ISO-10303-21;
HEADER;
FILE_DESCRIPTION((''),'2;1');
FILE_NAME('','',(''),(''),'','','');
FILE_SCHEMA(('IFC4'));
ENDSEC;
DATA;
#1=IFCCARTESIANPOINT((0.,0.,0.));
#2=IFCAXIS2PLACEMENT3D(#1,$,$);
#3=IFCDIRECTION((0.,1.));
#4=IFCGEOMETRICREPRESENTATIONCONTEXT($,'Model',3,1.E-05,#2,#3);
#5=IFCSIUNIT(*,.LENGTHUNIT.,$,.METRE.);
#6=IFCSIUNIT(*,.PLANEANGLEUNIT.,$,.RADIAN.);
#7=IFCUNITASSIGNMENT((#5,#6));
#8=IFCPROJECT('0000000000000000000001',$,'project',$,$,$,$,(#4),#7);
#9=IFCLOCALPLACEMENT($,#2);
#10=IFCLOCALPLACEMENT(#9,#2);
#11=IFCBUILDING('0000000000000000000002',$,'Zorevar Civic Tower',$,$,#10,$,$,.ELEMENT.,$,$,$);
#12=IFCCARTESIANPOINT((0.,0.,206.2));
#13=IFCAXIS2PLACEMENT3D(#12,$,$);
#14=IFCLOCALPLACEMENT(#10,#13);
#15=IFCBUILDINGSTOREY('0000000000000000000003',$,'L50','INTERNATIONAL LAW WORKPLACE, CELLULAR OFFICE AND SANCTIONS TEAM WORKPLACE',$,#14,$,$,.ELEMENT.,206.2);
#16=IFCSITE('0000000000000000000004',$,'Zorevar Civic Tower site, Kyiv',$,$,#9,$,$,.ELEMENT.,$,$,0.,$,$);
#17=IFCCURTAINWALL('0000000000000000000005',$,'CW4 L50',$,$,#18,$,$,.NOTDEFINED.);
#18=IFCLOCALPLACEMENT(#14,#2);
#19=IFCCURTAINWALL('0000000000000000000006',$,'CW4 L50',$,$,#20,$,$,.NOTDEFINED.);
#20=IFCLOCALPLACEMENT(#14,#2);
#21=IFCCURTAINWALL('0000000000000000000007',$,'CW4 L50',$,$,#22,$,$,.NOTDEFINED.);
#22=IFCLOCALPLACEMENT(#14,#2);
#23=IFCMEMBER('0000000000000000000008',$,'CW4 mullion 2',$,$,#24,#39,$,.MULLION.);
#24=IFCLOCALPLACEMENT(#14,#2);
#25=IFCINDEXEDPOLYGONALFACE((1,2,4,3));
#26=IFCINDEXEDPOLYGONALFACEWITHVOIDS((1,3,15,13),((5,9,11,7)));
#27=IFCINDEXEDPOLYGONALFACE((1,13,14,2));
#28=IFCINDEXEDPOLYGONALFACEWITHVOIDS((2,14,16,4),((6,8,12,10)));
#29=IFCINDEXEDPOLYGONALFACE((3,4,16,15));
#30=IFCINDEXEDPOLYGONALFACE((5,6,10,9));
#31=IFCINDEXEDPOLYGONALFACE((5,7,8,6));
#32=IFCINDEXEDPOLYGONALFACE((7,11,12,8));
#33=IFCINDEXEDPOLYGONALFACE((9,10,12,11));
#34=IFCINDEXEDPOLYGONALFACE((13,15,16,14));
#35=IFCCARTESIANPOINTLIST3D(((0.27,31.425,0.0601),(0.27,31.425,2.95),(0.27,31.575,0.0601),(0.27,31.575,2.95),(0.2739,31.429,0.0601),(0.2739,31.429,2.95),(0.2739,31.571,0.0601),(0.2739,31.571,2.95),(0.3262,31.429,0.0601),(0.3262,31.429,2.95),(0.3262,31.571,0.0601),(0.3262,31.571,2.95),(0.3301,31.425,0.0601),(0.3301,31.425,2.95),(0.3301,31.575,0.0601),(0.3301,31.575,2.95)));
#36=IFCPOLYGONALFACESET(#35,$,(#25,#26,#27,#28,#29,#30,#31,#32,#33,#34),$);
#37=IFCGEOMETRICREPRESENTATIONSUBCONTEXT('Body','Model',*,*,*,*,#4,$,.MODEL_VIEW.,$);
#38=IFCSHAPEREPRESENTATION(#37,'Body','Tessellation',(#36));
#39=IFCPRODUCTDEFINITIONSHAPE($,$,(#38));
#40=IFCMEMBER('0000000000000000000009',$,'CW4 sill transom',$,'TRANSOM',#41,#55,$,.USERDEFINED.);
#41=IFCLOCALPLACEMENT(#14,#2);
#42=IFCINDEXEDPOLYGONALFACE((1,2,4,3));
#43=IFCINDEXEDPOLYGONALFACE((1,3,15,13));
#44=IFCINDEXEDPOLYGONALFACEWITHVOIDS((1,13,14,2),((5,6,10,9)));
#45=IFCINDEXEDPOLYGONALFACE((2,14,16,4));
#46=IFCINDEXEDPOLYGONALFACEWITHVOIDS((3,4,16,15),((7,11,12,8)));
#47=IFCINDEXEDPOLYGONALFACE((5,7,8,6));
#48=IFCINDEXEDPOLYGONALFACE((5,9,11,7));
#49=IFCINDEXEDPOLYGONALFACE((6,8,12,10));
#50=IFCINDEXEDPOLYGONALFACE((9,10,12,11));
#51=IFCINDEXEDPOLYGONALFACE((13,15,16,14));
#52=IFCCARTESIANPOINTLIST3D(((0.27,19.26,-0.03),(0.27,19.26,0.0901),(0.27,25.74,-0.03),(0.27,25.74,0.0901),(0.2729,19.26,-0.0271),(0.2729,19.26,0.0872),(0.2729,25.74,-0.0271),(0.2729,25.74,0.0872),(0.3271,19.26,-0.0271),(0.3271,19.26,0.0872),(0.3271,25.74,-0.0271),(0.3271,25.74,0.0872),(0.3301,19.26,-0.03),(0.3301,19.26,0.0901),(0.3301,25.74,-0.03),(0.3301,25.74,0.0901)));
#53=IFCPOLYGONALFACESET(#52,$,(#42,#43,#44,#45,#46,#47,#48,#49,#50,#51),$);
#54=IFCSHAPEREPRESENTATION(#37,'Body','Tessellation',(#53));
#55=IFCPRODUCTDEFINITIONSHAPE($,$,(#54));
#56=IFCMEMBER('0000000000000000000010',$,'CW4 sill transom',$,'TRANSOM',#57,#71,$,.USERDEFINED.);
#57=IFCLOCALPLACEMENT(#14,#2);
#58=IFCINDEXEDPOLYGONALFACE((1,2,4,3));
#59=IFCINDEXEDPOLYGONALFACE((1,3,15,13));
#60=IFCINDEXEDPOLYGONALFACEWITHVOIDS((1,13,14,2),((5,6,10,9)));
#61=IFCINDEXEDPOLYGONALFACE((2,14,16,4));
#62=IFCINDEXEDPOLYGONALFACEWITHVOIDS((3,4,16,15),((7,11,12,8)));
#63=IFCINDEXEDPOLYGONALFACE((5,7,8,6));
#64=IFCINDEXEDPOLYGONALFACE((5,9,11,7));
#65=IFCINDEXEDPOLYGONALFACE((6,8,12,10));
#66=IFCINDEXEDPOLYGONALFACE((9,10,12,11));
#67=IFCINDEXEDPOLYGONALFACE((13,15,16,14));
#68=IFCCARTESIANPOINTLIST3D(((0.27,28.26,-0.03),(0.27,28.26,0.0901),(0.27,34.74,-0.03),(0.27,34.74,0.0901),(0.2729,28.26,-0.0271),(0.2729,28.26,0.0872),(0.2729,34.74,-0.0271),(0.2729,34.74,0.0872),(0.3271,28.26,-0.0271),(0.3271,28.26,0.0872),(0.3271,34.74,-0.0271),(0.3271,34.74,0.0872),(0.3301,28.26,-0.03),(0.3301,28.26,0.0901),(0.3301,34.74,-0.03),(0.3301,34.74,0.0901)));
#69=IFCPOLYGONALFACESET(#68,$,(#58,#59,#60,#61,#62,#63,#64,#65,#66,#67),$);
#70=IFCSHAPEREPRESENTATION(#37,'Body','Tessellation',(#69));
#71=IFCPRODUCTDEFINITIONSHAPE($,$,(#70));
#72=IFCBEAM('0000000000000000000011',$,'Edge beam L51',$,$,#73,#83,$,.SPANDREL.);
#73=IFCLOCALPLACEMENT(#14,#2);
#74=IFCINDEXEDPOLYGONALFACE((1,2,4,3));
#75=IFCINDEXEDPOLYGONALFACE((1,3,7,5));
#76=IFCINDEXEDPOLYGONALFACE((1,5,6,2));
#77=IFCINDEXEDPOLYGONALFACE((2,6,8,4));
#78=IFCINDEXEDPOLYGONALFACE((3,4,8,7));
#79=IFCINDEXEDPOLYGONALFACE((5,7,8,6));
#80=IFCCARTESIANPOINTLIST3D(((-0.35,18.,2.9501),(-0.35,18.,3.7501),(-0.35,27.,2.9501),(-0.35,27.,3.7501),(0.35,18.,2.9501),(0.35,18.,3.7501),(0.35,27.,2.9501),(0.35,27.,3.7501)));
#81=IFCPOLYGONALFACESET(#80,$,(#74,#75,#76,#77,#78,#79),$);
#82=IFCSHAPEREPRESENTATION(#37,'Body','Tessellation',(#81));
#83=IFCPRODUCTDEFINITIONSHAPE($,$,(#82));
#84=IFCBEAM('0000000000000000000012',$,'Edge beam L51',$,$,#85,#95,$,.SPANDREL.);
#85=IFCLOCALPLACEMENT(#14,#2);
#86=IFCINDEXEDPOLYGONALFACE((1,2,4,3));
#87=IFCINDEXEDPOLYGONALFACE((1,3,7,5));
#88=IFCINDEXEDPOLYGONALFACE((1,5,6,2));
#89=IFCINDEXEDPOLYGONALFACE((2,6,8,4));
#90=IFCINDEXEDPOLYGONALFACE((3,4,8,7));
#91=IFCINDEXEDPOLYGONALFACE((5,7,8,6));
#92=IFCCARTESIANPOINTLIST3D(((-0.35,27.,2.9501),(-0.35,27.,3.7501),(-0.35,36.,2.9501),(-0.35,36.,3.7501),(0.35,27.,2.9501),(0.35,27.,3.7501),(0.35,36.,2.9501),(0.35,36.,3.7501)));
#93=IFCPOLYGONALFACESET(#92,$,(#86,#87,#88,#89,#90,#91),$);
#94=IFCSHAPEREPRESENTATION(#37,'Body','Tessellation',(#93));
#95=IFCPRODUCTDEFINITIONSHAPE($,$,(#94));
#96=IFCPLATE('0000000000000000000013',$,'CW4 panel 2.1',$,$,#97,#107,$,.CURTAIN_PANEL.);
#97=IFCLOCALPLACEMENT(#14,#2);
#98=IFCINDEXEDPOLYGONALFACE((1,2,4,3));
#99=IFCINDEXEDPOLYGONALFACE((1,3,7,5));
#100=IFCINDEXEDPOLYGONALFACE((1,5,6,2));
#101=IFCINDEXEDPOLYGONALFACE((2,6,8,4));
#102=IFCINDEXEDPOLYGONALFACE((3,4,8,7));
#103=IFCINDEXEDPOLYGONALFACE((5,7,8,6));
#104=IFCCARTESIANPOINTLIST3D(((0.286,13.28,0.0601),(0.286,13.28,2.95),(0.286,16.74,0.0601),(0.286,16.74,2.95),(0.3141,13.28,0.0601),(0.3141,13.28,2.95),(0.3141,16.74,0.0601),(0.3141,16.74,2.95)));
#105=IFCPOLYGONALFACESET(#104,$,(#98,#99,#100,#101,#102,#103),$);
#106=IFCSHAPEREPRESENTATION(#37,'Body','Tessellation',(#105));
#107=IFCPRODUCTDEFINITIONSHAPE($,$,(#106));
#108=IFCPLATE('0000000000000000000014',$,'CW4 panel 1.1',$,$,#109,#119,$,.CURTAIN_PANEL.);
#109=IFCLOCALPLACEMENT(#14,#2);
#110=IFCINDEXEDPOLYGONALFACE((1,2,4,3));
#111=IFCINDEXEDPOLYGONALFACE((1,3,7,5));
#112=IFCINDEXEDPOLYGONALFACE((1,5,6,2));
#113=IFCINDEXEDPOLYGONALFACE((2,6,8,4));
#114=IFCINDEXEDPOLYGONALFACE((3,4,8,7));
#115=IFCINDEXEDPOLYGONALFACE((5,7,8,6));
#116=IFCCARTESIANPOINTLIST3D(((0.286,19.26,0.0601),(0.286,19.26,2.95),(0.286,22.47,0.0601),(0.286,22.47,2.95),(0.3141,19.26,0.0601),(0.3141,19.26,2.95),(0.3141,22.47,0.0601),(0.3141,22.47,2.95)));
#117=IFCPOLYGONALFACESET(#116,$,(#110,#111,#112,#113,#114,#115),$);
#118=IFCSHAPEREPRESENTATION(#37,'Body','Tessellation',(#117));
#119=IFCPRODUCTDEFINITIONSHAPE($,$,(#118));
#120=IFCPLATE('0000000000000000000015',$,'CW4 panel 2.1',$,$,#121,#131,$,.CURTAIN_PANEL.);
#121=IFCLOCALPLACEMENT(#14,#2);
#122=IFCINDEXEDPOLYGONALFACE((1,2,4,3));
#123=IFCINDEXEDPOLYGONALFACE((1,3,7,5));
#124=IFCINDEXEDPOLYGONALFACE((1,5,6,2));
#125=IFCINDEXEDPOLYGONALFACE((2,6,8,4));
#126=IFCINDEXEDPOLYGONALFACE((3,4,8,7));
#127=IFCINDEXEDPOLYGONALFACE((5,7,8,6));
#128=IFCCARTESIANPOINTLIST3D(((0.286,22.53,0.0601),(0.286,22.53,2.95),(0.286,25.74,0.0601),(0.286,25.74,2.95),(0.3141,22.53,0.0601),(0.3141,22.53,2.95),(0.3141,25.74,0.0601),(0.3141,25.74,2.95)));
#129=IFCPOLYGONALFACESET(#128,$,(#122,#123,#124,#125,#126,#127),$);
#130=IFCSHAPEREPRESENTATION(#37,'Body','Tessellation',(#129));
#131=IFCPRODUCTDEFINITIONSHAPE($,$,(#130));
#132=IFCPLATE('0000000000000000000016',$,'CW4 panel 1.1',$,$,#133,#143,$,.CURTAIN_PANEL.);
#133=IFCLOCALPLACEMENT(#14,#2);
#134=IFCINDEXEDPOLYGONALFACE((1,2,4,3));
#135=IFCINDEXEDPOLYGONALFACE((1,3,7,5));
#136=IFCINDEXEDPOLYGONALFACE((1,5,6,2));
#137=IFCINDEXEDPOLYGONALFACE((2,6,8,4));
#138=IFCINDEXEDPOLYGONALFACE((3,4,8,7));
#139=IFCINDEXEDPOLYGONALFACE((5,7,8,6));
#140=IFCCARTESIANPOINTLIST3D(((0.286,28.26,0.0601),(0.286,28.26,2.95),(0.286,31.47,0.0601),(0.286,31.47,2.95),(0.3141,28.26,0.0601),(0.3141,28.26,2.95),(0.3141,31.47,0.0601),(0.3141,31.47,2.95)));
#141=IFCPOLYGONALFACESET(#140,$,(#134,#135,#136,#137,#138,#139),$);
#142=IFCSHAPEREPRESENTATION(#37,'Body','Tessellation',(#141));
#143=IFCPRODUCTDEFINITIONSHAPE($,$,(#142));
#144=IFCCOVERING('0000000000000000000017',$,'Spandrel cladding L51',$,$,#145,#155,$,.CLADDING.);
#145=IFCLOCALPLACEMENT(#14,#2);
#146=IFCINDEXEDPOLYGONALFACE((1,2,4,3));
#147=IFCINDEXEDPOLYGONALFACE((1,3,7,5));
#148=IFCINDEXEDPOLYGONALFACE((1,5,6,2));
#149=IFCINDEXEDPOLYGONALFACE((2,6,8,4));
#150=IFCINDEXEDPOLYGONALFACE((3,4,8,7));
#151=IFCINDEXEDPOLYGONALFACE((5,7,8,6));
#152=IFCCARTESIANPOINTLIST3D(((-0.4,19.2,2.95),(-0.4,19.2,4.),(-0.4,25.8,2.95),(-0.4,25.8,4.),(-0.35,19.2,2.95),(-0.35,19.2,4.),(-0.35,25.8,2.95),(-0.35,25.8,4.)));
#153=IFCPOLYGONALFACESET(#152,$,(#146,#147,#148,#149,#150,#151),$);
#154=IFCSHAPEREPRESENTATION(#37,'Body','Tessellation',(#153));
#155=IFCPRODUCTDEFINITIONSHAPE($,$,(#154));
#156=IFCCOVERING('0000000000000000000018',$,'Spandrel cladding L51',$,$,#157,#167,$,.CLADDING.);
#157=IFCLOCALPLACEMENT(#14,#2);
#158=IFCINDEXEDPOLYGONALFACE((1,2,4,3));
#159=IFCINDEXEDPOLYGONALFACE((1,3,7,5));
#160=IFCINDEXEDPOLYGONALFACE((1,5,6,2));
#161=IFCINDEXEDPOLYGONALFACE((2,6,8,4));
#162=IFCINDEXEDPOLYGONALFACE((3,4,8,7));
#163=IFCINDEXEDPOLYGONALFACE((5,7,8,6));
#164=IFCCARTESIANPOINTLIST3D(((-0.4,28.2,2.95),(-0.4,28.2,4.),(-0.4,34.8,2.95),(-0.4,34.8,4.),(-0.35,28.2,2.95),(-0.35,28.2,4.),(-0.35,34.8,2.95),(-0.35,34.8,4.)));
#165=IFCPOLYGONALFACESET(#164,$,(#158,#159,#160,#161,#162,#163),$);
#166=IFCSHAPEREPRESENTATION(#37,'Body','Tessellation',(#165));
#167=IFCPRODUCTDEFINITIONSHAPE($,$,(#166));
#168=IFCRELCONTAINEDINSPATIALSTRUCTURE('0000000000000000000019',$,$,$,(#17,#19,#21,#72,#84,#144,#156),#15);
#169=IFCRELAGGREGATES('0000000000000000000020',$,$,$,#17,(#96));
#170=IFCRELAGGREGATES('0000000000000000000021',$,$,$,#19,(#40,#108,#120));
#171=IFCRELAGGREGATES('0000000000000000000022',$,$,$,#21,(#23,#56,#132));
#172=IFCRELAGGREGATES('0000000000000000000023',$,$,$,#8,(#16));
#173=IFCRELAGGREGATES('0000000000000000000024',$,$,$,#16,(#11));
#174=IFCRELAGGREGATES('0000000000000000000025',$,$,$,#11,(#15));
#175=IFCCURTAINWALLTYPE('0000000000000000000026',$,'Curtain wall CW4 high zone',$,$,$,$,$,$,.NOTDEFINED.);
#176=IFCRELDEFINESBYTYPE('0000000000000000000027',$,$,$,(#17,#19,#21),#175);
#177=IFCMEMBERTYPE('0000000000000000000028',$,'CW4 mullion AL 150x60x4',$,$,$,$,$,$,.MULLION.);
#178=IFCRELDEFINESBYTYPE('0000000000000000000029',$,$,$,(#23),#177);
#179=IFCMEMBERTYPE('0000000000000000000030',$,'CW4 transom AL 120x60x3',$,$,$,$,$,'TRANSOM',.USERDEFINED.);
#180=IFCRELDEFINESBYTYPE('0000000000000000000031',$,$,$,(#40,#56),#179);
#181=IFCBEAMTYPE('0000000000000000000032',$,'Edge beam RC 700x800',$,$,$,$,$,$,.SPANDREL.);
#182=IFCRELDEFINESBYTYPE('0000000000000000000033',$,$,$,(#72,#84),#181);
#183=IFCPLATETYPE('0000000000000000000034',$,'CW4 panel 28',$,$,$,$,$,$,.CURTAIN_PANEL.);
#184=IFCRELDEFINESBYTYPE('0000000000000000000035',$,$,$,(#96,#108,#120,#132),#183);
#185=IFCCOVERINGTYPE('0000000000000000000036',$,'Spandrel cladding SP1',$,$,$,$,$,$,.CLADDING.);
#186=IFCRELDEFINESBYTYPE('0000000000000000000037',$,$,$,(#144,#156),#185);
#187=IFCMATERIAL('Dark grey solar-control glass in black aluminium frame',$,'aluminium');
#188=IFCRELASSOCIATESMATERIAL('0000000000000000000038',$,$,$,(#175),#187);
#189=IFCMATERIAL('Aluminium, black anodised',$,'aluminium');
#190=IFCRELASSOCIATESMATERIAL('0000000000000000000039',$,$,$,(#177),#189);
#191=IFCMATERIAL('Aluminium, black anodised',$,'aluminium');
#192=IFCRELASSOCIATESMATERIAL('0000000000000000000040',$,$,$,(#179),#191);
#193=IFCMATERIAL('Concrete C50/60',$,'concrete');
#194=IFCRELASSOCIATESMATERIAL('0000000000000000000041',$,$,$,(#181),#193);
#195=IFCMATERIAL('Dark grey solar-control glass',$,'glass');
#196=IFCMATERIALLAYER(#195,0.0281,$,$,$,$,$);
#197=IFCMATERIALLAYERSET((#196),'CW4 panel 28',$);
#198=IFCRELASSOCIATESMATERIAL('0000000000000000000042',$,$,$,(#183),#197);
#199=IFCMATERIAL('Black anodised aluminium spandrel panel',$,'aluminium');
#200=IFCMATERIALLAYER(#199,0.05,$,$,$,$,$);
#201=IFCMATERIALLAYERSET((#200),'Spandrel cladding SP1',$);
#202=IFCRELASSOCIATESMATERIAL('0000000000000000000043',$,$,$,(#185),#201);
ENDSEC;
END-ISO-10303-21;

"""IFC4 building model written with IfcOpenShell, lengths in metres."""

from ifc_helpers import new_model, si_unit, direction, frame, frame_2d, origin, origin_2d, place, context, subcontext, project, spatial, rectangle, hollow_rectangle, extrude, material, layer, layer_set, material_profile, profile_set, type_object, element, aggregate, save


model = new_model("IFC4")

# Units and contexts
model_context = context("Model", 3, precision=1e-05, world=origin(), true_north=direction((0.0, 1.0)))
body_context = subcontext(model_context, "Body", "Model", "MODEL_VIEW")
ifc_project = project(units=[si_unit("LENGTHUNIT", "METRE"), si_unit("PLANEANGLEUNIT", "RADIAN")], contexts=[model_context])

# Site, building, storey
site_placement = place(None, origin())
site = spatial("IfcSite", under=ifc_project, at=site_placement, Name="Zorevar Civic Tower site, Kyiv", CompositionType="ELEMENT", RefElevation=0.0)
building_placement = place(site_placement, origin())
building = spatial("IfcBuilding", under=site, at=building_placement, Name="Zorevar Civic Tower", CompositionType="ELEMENT")
storey_placement = place(building_placement, frame((0.0, 0.0, 206.2)))
storey = spatial("IfcBuildingStorey", under=building, at=storey_placement, Name="L50", Description="INTERNATIONAL LAW WORKPLACE, CELLULAR OFFICE AND SANCTIONS TEAM WORKPLACE", CompositionType="ELEMENT", Elevation=206.2)

# Curtain walls, member
ifc_material_1 = material(Name="Dark grey solar-control glass in black aluminium frame", Category="aluminium")
curtain_wall_type = type_object("IfcCurtainWallType", Name="Curtain wall CW4 high zone", PredefinedType="NOTDEFINED", material=ifc_material_1)
curtain_wall_1_placement = place(storey_placement, origin())
curtain_wall_1 = element("IfcCurtainWall", 1, at=curtain_wall_1_placement, inside=storey, type_object=curtain_wall_type, Name="CW4 L50", PredefinedType="NOTDEFINED")
ifc_material_2 = material(Name="Aluminium, black anodised", Category="aluminium")
ifc_material_profile_1 = material_profile(ifc_material_2, hollow_rectangle(XDim=0.0601, YDim=0.1499, WallThickness=0.0039, at=origin_2d()), Name="AL 150x60x4")
ifc_profile_set_1 = profile_set([ifc_material_profile_1], Name="Aluminium, black anodised")
member_type_1 = type_object("IfcMemberType", Name="CW4 mullion AL 150x60x4", PredefinedType="MULLION", material=ifc_profile_set_1)
curtain_wall_2_placement = place(storey_placement, origin())
curtain_wall_2 = element("IfcCurtainWall", 2, at=curtain_wall_2_placement, inside=storey, type_object=curtain_wall_type, Name="CW4 L50", PredefinedType="NOTDEFINED")
curtain_wall_3_placement = place(storey_placement, origin())
curtain_wall_3 = element("IfcCurtainWall", 3, at=curtain_wall_3_placement, inside=storey, type_object=curtain_wall_type, Name="CW4 L50", PredefinedType="NOTDEFINED")
member_1_placement = place(storey_placement, frame((0.3, 31.5, 0.0601), z_axis=(0.0, 0.0, 1.0), x_axis=(-1.0, 0.0, 0.0)))
member_1 = element("IfcMember", 4, at=member_1_placement, type_object=member_type_1, Name="CW4 mullion 2", PredefinedType="MULLION", context=body_context, shape_type="SweptSolid", body=[
    extrude(hollow_rectangle(XDim=0.0601, YDim=0.1499, WallThickness=0.0039, at=origin_2d()), origin(), (0.0, 0.0, 1.0), 2.8899),
])

# Members
ifc_material_3 = material(Name="Aluminium, black anodised", Category="aluminium")
ifc_material_profile_2 = material_profile(ifc_material_3, hollow_rectangle(XDim=0.0601, YDim=0.1201, WallThickness=0.0029, at=origin_2d()), Name="AL 120x60x3")
ifc_profile_set_2 = profile_set([ifc_material_profile_2], Name="Aluminium, black anodised")
member_type_2 = type_object("IfcMemberType", Name="CW4 transom AL 120x60x3", ElementType="TRANSOM", PredefinedType="USERDEFINED", material=ifc_profile_set_2)
member_2_placement = place(storey_placement, frame((0.3, 19.26, 0.03), z_axis=(0.0, 1.0, 0.0), x_axis=(-1.0, 0.0, 0.0)))
member_2 = element("IfcMember", 5, at=member_2_placement, type_object=member_type_2, Name="CW4 sill transom", ObjectType="TRANSOM", PredefinedType="USERDEFINED", context=body_context, shape_type="SweptSolid", body=[
    extrude(hollow_rectangle(XDim=0.0601, YDim=0.1201, WallThickness=0.0029, at=origin_2d()), origin(), (0.0, 0.0, 1.0), 6.48),
])
member_3_placement = place(storey_placement, frame((0.3, 28.26, 0.03), z_axis=(0.0, 1.0, 0.0), x_axis=(-1.0, 0.0, 0.0)))
member_3 = element("IfcMember", 6, at=member_3_placement, type_object=member_type_2, Name="CW4 sill transom", ObjectType="TRANSOM", PredefinedType="USERDEFINED", context=body_context, shape_type="SweptSolid", body=[
    extrude(hollow_rectangle(XDim=0.0601, YDim=0.1201, WallThickness=0.0029, at=origin_2d()), origin(), (0.0, 0.0, 1.0), 6.48),
])

# Beams
ifc_material_4 = material(Name="Concrete C50/60", Category="concrete")
ifc_material_profile_3 = material_profile(ifc_material_4, rectangle(XDim=0.7, YDim=0.8, at=origin_2d()), Name="RC 700x800")
ifc_profile_set_3 = profile_set([ifc_material_profile_3], Name="Concrete C50/60")
beam_type_1 = type_object("IfcBeamType", Name="Edge beam RC 700x800", PredefinedType="SPANDREL", material=ifc_profile_set_3)
for number, where, z_axis, x_axis, name in (
    (7, (0.0, 18.0, 3.3501), (0.0, 1.0, 0.0), (-1.0, 0.0, 0.0), "Edge beam L51"),
    (8, (0.0, 27.0, 3.3501), (0.0, 1.0, 0.0), (-1.0, 0.0, 0.0), "Edge beam L51"),
):
    element("IfcBeam", number, at=place(storey_placement, frame(where, z_axis=z_axis, x_axis=x_axis)), inside=storey, type_object=beam_type_1, Name=name, PredefinedType="SPANDREL", context=body_context, shape_type="SweptSolid", body=[
        extrude(rectangle(XDim=0.7, YDim=0.8, at=origin_2d()), origin(), (0.0, 0.0, 1.0), 9.0),
    ])

# Plates
ifc_material_5 = material(Name="Dark grey solar-control glass", Category="glass")
ifc_layer_1 = layer(ifc_material_5, 0.0281)
ifc_layer_set_1 = layer_set([ifc_layer_1], Name="CW4 panel 28")
plate_type = type_object("IfcPlateType", Name="CW4 panel 28", PredefinedType="CURTAIN_PANEL", material=ifc_layer_set_1)
plate_1_placement = place(storey_placement, frame((0.3, 15.01, 0.0601), z_axis=(0.0, 0.0, 1.0), x_axis=(0.0, 1.0, 0.0)))
plate_1 = element("IfcPlate", 9, at=plate_1_placement, type_object=plate_type, Name="CW4 panel 2.1", PredefinedType="CURTAIN_PANEL", context=body_context, shape_type="SweptSolid", body=[
    extrude(rectangle(XDim=3.46, YDim=0.0281, at=origin_2d()), origin(), (0.0, 0.0, 1.0), 2.8899),
])
aggregate(curtain_wall_1, [plate_1])
plate_2_placement = place(storey_placement, frame((0.3, 20.865, 0.0601), z_axis=(0.0, 0.0, 1.0), x_axis=(0.0, 1.0, 0.0)))
plate_2 = element("IfcPlate", 10, at=plate_2_placement, type_object=plate_type, Name="CW4 panel 1.1", PredefinedType="CURTAIN_PANEL", context=body_context, shape_type="SweptSolid", body=[
    extrude(rectangle(XDim=3.21, YDim=0.0281, at=origin_2d()), origin(), (0.0, 0.0, 1.0), 2.8899),
])
plate_3_placement = place(storey_placement, frame((0.3, 24.135, 0.0601), z_axis=(0.0, 0.0, 1.0), x_axis=(0.0, 1.0, 0.0)))
plate_3 = element("IfcPlate", 11, at=plate_3_placement, type_object=plate_type, Name="CW4 panel 2.1", PredefinedType="CURTAIN_PANEL", context=body_context, shape_type="SweptSolid", body=[
    extrude(rectangle(XDim=3.21, YDim=0.0281, at=origin_2d()), origin(), (0.0, 0.0, 1.0), 2.8899),
])
aggregate(curtain_wall_2, [member_2, plate_2, plate_3])
plate_4_placement = place(storey_placement, frame((0.3, 29.865, 0.0601), z_axis=(0.0, 0.0, 1.0), x_axis=(0.0, 1.0, 0.0)))
plate_4 = element("IfcPlate", 12, at=plate_4_placement, type_object=plate_type, Name="CW4 panel 1.1", PredefinedType="CURTAIN_PANEL", context=body_context, shape_type="SweptSolid", body=[
    extrude(rectangle(XDim=3.21, YDim=0.0281, at=origin_2d()), origin(), (0.0, 0.0, 1.0), 2.8899),
])
aggregate(curtain_wall_3, [member_1, member_3, plate_4])

# Coverings
ifc_material_6 = material(Name="Black anodised aluminium spandrel panel", Category="aluminium")
ifc_layer_2 = layer(ifc_material_6, 0.05)
ifc_layer_set_2 = layer_set([ifc_layer_2], Name="Spandrel cladding SP1")
covering_type = type_object("IfcCoveringType", Name="Spandrel cladding SP1", PredefinedType="CLADDING", material=ifc_layer_set_2)
for number, where, z_axis, x_axis, name in (
    (13, (-0.375, 19.2, 2.95), (0.0, 0.0, 1.0), (0.0, 1.0, 0.0), "Spandrel cladding L51"),
    (14, (-0.375, 28.2, 2.95), (0.0, 0.0, 1.0), (0.0, 1.0, 0.0), "Spandrel cladding L51"),
):
    element("IfcCovering", number, at=place(storey_placement, frame(where, z_axis=z_axis, x_axis=x_axis)), inside=storey, type_object=covering_type, Name=name, PredefinedType="CLADDING", context=body_context, shape_type="SweptSolid", body=[
        extrude(rectangle(XDim=6.6001, YDim=0.05, at=frame_2d((3.3, 0.0))), origin(), (0.0, 0.0, 1.0), 1.05),
    ])

save(model, "model.ifc")
